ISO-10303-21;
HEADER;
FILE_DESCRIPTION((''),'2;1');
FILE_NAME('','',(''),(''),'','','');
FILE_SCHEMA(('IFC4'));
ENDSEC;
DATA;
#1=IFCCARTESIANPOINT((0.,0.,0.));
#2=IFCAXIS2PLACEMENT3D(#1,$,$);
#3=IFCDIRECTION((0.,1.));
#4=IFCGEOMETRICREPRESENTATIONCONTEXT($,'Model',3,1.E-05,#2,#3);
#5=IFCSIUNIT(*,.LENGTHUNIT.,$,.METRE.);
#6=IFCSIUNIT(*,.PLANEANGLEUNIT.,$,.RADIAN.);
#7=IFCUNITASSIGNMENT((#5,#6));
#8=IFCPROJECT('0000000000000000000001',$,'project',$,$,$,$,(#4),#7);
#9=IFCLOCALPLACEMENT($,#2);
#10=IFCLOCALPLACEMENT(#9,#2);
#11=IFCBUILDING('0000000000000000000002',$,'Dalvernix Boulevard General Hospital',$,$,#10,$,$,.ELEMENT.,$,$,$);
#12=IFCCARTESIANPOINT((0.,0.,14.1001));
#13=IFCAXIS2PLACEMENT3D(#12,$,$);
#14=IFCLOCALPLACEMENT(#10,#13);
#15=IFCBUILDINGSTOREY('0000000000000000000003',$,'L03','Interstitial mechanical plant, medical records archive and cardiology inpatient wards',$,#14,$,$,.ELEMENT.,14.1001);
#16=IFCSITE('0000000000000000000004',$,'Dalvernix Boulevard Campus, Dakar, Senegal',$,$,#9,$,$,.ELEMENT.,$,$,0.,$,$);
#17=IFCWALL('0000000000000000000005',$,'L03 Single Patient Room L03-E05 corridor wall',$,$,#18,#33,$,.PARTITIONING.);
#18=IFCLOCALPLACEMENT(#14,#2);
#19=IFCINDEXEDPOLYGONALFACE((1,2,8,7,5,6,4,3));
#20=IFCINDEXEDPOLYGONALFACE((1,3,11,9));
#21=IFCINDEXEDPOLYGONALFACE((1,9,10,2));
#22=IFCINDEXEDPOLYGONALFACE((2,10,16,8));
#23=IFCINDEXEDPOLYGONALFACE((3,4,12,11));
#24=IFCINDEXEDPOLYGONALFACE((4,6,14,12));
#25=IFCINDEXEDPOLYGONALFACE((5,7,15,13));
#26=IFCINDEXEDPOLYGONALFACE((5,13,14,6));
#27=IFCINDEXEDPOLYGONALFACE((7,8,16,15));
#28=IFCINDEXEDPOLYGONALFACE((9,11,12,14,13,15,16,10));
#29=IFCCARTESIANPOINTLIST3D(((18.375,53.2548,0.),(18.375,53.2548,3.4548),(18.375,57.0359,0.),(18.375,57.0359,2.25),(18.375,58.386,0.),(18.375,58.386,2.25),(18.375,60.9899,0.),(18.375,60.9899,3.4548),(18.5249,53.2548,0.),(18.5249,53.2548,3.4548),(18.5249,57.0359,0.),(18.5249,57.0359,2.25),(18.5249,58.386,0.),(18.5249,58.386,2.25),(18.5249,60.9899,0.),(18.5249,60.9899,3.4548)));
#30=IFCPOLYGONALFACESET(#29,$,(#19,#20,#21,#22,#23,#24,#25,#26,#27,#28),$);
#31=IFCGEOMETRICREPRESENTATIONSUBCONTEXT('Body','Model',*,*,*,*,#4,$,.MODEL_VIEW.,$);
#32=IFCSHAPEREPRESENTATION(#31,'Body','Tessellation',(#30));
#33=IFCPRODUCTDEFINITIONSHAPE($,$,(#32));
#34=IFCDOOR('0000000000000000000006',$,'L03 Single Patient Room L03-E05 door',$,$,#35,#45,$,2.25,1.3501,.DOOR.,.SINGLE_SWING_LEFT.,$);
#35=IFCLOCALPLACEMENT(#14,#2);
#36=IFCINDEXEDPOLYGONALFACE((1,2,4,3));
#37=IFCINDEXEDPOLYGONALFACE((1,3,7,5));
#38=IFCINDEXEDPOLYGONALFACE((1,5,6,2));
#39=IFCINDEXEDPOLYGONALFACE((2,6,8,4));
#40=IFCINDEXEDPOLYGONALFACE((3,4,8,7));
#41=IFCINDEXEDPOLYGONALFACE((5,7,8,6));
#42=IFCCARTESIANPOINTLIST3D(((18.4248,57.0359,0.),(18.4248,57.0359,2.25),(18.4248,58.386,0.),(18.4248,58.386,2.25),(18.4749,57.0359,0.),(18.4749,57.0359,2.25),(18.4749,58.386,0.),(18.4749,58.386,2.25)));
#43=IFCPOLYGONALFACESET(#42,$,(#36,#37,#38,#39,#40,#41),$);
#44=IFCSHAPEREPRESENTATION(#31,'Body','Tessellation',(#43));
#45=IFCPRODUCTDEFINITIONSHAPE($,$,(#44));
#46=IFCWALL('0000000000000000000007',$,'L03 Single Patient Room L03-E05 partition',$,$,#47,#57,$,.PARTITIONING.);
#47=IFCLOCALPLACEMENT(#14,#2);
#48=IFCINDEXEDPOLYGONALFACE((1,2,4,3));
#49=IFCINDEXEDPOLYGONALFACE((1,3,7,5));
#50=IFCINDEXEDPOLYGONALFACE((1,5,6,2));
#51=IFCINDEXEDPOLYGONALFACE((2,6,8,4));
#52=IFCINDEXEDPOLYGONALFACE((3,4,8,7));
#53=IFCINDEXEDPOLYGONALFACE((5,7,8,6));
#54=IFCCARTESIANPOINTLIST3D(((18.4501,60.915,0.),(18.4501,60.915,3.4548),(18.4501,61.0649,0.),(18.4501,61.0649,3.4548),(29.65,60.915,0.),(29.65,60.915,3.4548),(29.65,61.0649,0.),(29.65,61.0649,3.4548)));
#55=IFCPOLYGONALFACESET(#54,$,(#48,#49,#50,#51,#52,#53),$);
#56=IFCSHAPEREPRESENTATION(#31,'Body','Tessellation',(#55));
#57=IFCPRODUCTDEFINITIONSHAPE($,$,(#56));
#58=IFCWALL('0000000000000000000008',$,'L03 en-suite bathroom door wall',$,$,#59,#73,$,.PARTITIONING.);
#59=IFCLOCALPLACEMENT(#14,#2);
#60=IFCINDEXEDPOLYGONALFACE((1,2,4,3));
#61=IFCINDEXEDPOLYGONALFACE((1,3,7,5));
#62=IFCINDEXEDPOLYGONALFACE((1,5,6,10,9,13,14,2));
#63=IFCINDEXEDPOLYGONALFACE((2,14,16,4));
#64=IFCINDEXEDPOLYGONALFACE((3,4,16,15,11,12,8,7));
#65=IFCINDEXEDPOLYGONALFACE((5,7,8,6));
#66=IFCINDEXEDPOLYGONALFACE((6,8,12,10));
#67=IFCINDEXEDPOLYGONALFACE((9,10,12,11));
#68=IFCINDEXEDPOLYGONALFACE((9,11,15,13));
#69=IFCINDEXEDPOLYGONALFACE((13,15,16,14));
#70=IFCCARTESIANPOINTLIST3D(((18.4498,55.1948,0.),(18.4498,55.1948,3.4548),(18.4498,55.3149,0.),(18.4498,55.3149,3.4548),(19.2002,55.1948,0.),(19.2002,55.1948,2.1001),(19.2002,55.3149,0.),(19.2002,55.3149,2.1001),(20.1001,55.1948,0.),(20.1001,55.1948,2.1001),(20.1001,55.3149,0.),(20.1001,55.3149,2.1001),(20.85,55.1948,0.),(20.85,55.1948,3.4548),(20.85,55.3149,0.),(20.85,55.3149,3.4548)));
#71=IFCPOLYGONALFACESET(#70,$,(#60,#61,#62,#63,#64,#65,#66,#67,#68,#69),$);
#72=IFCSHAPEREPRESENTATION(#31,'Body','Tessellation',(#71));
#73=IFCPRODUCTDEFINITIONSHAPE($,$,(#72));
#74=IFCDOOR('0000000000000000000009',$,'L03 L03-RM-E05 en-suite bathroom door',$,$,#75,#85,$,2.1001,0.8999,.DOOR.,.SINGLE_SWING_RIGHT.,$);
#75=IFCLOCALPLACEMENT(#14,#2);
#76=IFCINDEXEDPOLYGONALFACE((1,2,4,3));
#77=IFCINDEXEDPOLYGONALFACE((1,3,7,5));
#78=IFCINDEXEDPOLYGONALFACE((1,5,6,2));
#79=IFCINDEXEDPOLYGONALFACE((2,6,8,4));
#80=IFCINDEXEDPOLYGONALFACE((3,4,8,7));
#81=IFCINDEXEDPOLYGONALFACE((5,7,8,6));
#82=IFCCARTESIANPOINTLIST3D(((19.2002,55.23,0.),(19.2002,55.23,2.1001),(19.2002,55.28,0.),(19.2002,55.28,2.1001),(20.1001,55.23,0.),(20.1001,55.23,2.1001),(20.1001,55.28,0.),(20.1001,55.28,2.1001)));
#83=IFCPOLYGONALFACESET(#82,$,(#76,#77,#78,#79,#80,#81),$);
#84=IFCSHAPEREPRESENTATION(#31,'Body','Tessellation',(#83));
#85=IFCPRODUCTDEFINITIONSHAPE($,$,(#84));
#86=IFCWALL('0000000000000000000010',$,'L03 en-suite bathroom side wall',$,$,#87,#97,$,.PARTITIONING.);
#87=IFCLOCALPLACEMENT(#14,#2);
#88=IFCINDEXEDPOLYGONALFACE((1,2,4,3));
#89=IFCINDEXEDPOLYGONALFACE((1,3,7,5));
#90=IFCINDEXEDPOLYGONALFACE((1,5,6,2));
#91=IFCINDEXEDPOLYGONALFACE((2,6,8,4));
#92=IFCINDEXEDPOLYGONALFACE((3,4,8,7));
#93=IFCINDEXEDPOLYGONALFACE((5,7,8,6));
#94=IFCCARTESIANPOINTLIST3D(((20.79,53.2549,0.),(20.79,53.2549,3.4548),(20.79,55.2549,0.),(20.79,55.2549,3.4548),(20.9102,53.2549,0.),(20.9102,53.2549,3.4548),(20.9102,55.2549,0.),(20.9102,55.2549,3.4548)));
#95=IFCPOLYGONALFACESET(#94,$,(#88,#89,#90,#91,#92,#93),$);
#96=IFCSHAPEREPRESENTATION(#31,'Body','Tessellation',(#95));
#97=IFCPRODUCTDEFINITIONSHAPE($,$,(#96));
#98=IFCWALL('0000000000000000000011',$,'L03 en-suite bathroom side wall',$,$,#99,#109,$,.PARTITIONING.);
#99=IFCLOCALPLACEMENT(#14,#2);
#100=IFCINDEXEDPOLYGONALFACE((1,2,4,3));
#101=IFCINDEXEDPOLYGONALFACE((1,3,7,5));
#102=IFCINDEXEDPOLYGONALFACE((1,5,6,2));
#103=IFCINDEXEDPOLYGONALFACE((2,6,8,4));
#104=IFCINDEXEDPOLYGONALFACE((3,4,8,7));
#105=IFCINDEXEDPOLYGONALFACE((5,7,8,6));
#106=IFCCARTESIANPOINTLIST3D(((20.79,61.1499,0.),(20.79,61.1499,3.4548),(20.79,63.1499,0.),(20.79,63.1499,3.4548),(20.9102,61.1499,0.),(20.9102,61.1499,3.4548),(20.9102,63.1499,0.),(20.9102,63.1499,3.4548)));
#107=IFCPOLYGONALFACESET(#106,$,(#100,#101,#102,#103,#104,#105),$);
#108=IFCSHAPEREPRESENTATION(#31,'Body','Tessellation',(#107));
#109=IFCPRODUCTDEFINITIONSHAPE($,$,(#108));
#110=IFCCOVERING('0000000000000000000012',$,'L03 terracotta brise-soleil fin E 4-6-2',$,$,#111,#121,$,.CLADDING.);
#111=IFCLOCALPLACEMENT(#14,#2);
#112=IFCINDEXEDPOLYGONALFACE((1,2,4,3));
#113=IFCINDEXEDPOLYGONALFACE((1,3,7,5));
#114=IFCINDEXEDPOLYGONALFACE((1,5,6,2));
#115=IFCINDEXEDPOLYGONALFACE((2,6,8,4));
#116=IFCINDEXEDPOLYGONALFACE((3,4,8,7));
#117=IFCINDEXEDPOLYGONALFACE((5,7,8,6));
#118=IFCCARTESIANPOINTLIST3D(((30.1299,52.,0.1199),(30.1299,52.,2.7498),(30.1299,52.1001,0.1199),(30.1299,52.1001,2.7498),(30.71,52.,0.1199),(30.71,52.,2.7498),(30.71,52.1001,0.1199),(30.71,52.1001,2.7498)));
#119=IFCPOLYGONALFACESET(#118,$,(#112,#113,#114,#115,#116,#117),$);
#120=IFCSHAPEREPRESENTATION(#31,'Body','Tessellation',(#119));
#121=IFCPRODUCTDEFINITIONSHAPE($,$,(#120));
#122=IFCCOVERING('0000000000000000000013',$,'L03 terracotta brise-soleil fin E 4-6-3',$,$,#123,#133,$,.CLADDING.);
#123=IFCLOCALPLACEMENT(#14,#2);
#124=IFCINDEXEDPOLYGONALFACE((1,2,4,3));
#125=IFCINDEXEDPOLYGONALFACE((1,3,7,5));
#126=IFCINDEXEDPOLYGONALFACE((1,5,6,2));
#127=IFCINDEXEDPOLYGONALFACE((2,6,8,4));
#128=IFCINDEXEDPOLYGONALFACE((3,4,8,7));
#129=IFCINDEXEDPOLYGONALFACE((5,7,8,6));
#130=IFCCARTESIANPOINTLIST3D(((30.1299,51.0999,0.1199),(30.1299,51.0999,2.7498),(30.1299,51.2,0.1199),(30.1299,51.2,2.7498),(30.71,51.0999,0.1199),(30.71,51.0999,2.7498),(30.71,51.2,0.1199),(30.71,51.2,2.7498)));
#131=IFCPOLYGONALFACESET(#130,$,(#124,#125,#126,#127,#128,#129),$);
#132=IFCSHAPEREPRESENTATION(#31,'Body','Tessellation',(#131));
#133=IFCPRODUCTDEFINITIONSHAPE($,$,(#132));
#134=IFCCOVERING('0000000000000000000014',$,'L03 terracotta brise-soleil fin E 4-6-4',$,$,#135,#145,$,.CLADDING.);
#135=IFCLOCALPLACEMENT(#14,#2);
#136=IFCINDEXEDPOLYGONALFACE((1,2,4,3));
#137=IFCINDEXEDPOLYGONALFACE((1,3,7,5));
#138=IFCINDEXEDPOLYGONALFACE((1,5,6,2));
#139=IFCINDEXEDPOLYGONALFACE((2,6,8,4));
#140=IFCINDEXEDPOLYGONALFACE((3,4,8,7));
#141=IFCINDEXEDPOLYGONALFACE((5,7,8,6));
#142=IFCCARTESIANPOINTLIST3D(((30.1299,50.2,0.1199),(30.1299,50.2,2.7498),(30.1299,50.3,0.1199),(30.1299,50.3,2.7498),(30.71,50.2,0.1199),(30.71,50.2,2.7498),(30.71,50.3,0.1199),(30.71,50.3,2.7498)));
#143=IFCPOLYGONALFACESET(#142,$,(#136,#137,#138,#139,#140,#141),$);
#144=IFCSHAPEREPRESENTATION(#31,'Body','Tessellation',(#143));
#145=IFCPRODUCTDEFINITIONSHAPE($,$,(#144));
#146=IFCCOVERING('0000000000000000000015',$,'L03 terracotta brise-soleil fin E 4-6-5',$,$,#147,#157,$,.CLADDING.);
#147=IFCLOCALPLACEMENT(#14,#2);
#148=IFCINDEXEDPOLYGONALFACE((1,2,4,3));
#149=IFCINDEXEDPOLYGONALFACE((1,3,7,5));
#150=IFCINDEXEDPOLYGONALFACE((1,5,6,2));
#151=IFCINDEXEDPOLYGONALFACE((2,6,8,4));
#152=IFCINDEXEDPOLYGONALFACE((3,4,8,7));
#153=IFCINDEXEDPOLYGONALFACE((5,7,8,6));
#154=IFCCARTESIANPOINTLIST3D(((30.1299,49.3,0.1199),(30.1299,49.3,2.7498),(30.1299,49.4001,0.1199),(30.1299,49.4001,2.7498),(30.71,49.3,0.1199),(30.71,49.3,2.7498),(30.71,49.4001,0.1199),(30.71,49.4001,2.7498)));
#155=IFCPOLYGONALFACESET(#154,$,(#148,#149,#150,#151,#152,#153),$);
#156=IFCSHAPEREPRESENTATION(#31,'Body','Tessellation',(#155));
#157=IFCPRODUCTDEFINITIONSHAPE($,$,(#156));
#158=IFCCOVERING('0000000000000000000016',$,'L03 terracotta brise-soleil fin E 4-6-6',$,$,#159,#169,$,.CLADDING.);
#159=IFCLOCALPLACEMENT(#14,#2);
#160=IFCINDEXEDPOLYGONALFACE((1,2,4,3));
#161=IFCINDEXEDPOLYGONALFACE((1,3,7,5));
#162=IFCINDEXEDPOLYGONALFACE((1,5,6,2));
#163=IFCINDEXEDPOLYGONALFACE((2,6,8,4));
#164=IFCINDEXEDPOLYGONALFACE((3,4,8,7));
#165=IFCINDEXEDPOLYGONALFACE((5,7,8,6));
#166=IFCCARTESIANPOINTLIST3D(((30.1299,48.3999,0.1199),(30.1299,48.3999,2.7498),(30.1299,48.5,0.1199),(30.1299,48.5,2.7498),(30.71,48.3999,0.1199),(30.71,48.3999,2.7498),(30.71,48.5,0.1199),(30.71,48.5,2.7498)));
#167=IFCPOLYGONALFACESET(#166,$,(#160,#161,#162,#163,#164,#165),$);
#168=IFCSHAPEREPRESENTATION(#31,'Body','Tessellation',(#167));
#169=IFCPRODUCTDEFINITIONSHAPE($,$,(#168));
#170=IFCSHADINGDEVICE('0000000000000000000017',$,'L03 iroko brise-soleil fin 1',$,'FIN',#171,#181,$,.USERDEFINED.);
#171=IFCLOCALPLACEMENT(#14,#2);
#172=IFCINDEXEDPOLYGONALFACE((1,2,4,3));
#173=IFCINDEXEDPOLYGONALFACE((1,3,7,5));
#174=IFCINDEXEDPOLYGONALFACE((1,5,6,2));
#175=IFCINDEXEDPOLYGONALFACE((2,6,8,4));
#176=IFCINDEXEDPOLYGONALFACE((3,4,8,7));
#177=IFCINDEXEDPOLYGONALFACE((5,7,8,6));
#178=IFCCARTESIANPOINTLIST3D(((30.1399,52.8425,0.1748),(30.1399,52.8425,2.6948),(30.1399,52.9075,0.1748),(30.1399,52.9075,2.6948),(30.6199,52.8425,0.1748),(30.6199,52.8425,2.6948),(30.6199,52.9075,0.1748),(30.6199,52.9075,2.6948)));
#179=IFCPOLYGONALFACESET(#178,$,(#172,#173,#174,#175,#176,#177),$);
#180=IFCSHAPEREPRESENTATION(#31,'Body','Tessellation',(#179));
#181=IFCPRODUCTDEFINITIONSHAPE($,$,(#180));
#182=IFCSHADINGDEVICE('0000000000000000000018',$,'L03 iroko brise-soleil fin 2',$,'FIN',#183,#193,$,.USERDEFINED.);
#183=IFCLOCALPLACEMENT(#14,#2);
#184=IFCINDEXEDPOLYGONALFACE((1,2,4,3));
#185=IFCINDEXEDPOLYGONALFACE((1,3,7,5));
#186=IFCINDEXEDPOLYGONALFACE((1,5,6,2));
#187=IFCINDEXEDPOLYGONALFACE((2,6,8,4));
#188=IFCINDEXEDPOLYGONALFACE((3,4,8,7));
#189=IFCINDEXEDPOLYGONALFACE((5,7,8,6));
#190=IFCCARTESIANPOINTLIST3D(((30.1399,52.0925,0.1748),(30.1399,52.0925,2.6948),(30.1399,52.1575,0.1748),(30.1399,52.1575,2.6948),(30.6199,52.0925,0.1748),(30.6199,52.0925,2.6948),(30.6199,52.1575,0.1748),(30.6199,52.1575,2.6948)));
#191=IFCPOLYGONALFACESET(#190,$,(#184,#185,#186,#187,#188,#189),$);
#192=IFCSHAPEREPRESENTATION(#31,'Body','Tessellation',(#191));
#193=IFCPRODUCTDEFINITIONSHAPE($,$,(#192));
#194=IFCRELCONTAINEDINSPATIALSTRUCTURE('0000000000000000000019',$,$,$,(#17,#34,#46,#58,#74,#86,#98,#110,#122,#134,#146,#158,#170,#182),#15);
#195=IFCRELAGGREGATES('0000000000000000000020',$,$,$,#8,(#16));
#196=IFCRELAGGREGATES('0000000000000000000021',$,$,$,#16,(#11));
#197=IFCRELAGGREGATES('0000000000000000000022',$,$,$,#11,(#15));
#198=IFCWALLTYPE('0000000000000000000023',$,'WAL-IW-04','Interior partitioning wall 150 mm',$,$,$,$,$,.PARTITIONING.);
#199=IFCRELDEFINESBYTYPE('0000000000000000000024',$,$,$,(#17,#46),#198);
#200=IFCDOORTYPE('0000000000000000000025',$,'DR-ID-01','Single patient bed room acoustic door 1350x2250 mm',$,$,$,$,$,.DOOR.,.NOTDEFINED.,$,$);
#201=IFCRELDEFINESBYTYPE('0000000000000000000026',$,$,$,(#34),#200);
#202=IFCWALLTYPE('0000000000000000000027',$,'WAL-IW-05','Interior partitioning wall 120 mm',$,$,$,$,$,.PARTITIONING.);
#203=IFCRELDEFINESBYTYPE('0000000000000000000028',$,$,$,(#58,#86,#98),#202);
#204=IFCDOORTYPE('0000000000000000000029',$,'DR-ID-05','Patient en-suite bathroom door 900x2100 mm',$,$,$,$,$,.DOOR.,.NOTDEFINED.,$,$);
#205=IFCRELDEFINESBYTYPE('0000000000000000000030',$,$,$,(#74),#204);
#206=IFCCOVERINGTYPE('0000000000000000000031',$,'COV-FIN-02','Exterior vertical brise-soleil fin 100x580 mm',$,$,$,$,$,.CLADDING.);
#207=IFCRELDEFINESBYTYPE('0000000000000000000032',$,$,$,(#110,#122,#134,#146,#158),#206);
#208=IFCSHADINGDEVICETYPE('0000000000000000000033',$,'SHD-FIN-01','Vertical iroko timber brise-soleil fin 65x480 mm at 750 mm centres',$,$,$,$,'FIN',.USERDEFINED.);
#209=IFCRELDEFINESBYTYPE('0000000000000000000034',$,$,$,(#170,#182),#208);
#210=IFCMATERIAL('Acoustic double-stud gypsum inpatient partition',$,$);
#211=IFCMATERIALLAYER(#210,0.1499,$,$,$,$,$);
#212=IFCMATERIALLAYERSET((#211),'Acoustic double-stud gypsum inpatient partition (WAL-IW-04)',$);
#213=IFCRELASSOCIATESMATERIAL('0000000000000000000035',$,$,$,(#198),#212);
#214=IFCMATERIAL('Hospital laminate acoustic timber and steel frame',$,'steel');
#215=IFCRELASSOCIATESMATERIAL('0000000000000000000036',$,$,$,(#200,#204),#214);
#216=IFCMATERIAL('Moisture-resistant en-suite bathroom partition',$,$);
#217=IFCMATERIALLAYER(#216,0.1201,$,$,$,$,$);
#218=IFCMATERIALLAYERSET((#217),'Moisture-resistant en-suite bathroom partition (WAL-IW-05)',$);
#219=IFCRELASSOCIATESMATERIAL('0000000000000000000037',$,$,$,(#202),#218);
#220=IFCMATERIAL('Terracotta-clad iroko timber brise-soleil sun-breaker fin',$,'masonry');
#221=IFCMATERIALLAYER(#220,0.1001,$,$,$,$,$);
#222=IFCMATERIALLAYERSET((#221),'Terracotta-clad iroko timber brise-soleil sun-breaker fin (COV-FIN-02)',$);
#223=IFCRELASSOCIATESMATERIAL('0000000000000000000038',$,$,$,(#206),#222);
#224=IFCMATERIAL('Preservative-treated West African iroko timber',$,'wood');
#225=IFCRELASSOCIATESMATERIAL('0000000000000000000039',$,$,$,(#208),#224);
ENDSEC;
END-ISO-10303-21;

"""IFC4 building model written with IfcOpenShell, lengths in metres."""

from ifc_helpers import new_model, si_unit, direction, frame, frame_2d, origin, origin_2d, place, context, subcontext, project, spatial, rectangle, extrude, material, layer, layer_set, type_object, element, fill, save


model = new_model("IFC4")

# Units and contexts
model_context = context("Model", 3, precision=1e-05, world=origin(), true_north=direction((0.0, 1.0)))
body_context = subcontext(model_context, "Body", "Model", "MODEL_VIEW")
ifc_project = project(units=[si_unit("LENGTHUNIT", "METRE"), si_unit("PLANEANGLEUNIT", "RADIAN")], contexts=[model_context])

# Site, building, storey
site_placement = place(None, origin())
site = spatial("IfcSite", under=ifc_project, at=site_placement, Name="Dalvernix Boulevard Campus, Dakar, Senegal", CompositionType="ELEMENT", RefElevation=0.0)
building_placement = place(site_placement, origin())
building = spatial("IfcBuilding", under=site, at=building_placement, Name="Dalvernix Boulevard General Hospital", CompositionType="ELEMENT")
storey_placement = place(building_placement, frame((0.0, 0.0, 14.1001)))
storey = spatial("IfcBuildingStorey", under=building, at=storey_placement, Name="L03", Description="Interstitial mechanical plant, medical records archive and cardiology inpatient wards", CompositionType="ELEMENT", Elevation=14.1001)

# Wall, opening, door
ifc_material_1 = material(Name="Acoustic double-stud gypsum inpatient partition")
ifc_layer_1 = layer(ifc_material_1, 0.1499)
ifc_layer_set_1 = layer_set([ifc_layer_1], Name="Acoustic double-stud gypsum inpatient partition (WAL-IW-04)")
wall_type_1 = type_object("IfcWallType", Name="WAL-IW-04", Description="Interior partitioning wall 150 mm", PredefinedType="PARTITIONING", material=ifc_layer_set_1)
wall_1_placement = place(storey_placement, frame((18.45, 60.99, 0.0), z_axis=(0.0, 0.0, 1.0), x_axis=(0.0, -1.0, 0.0)))
wall_1 = element("IfcWall", 1, at=wall_1_placement, inside=storey, type_object=wall_type_1, Name="L03 Single Patient Room L03-E05 corridor wall", PredefinedType="PARTITIONING", context=body_context, shape_type="SweptSolid", body=[
    extrude(rectangle(XDim=7.7351, YDim=0.1499, at=frame_2d((3.8677, 0.0))), origin(), (0.0, 0.0, 1.0), 3.4548),
])
opening_1_placement = place(wall_1_placement, frame((2.604, 0.0, 0.0)))
opening_1 = element("IfcOpeningElement", 2, at=opening_1_placement, cuts=wall_1, PredefinedType="OPENING", context=body_context, shape_type="SweptSolid", body=[
    extrude(rectangle(XDim=1.3501, YDim=2.25, at=frame_2d((0.675, 1.125))), frame((0.0, 0.085, 0.0), z_axis=(0.0, -1.0, 0.0), x_axis=(1.0, 0.0, 0.0)), (0.0, 0.0, 1.0), 0.1699),
])
ifc_material_2 = material(Name="Hospital laminate acoustic timber and steel frame", Category="steel")
door_type_1 = type_object("IfcDoorType", Name="DR-ID-01", Description="Single patient bed room acoustic door 1350x2250 mm", OperationType="NOTDEFINED", PredefinedType="DOOR", material=ifc_material_2)
door_1_placement = place(opening_1_placement, origin())
door_1 = element("IfcDoor", 3, at=door_1_placement, inside=storey, type_object=door_type_1, Name="L03 Single Patient Room L03-E05 door", OperationType="SINGLE_SWING_LEFT", OverallHeight=2.25, OverallWidth=1.3501, PredefinedType="DOOR", context=body_context, shape_type="SweptSolid", body=[
    extrude(rectangle(XDim=1.3501, YDim=2.25, at=frame_2d((0.675, 1.125))), frame((0.0, 0.0249, 0.0), z_axis=(0.0, -1.0, 0.0), x_axis=(1.0, 0.0, 0.0)), (0.0, 0.0, 1.0), 0.05),
])
fill(opening_1, door_1)

# Wall
wall_2_placement = place(storey_placement, frame((18.45, 60.99, 0.0), z_axis=(0.0, 0.0, 1.0), x_axis=(1.0, 0.0, 0.0)))
element("IfcWall", 4, at=wall_2_placement, inside=storey, type_object=wall_type_1, Name="L03 Single Patient Room L03-E05 partition", PredefinedType="PARTITIONING", context=body_context, shape_type="SweptSolid", body=[
    extrude(rectangle(XDim=11.2, YDim=0.1499, at=frame_2d((5.6001, 0.0))), origin(), (0.0, 0.0, 1.0), 3.4548),
])

# Wall, opening, door
ifc_material_3 = material(Name="Moisture-resistant en-suite bathroom partition")
ifc_layer_2 = layer(ifc_material_3, 0.1201)
ifc_layer_set_2 = layer_set([ifc_layer_2], Name="Moisture-resistant en-suite bathroom partition (WAL-IW-05)")
wall_type_2 = type_object("IfcWallType", Name="WAL-IW-05", Description="Interior partitioning wall 120 mm", PredefinedType="PARTITIONING", material=ifc_layer_set_2)
wall_3_placement = place(storey_placement, frame((20.8501, 55.2549, 0.0), z_axis=(0.0, 0.0, 1.0), x_axis=(-1.0, 0.0, 0.0)))
wall_3 = element("IfcWall", 5, at=wall_3_placement, inside=storey, type_object=wall_type_2, Name="L03 en-suite bathroom door wall", PredefinedType="PARTITIONING", context=body_context, shape_type="SweptSolid", body=[
    extrude(rectangle(XDim=2.4001, YDim=0.1201, at=frame_2d((1.2002, 0.0))), origin(), (0.0, 0.0, 1.0), 3.4548),
])
opening_2_placement = place(wall_3_placement, frame((0.75, 0.0, 0.0)))
opening_2 = element("IfcOpeningElement", 6, at=opening_2_placement, cuts=wall_3, PredefinedType="OPENING", context=body_context, shape_type="SweptSolid", body=[
    extrude(rectangle(XDim=0.8999, YDim=2.1001, at=frame_2d((0.45, 1.05))), frame((0.0, 0.0701, 0.0), z_axis=(0.0, -1.0, 0.0), x_axis=(1.0, 0.0, 0.0)), (0.0, 0.0, 1.0), 0.1401),
])
door_type_2 = type_object("IfcDoorType", Name="DR-ID-05", Description="Patient en-suite bathroom door 900x2100 mm", OperationType="NOTDEFINED", PredefinedType="DOOR", material=ifc_material_2)
door_2_placement = place(opening_2_placement, origin())
door_2 = element("IfcDoor", 7, at=door_2_placement, inside=storey, type_object=door_type_2, Name="L03 L03-RM-E05 en-suite bathroom door", OperationType="SINGLE_SWING_RIGHT", OverallHeight=2.1001, OverallWidth=0.8999, PredefinedType="DOOR", context=body_context, shape_type="SweptSolid", body=[
    extrude(rectangle(XDim=0.8999, YDim=2.1001, at=frame_2d((0.45, 1.05))), frame((0.0, 0.0249, 0.0), z_axis=(0.0, -1.0, 0.0), x_axis=(1.0, 0.0, 0.0)), (0.0, 0.0, 1.0), 0.05),
])
fill(opening_2, door_2)

# Walls
for number, where, z_axis, x_axis, name in (
    (8, (20.8501, 53.2549, 0.0), (0.0, 0.0, 1.0), (0.0, 1.0, 0.0), "L03 en-suite bathroom side wall"),
    (9, (20.8501, 61.1499, 0.0), (0.0, 0.0, 1.0), (0.0, 1.0, 0.0), "L03 en-suite bathroom side wall"),
):
    element("IfcWall", number, at=place(storey_placement, frame(where, z_axis=z_axis, x_axis=x_axis)), inside=storey, type_object=wall_type_2, Name=name, PredefinedType="PARTITIONING", context=body_context, shape_type="SweptSolid", body=[
        extrude(rectangle(XDim=2.0, YDim=0.1201, at=frame_2d((1.0, 0.0))), origin(), (0.0, 0.0, 1.0), 3.4548),
    ])

# Coverings
ifc_material_4 = material(Name="Terracotta-clad iroko timber brise-soleil sun-breaker fin", Category="masonry")
ifc_layer_3 = layer(ifc_material_4, 0.1001)
ifc_layer_set_3 = layer_set([ifc_layer_3], Name="Terracotta-clad iroko timber brise-soleil sun-breaker fin (COV-FIN-02)")
covering_type = type_object("IfcCoveringType", Name="COV-FIN-02", Description="Exterior vertical brise-soleil fin 100x580 mm", PredefinedType="CLADDING", material=ifc_layer_set_3)
for number, where, z_axis, x_axis, name in (
    (10, (30.4199, 52.05, 0.1199), (0.0, 0.0, 1.0), (0.0, -1.0, 0.0), "L03 terracotta brise-soleil fin E 4-6-2"),
    (11, (30.4199, 51.1499, 0.1199), (0.0, 0.0, 1.0), (0.0, -1.0, 0.0), "L03 terracotta brise-soleil fin E 4-6-3"),
    (12, (30.4199, 50.25, 0.1199), (0.0, 0.0, 1.0), (0.0, -1.0, 0.0), "L03 terracotta brise-soleil fin E 4-6-4"),
    (13, (30.4199, 49.3501, 0.1199), (0.0, 0.0, 1.0), (0.0, -1.0, 0.0), "L03 terracotta brise-soleil fin E 4-6-5"),
    (14, (30.4199, 48.45, 0.1199), (0.0, 0.0, 1.0), (0.0, -1.0, 0.0), "L03 terracotta brise-soleil fin E 4-6-6"),
):
    element("IfcCovering", number, at=place(storey_placement, frame(where, z_axis=z_axis, x_axis=x_axis)), inside=storey, type_object=covering_type, Name=name, PredefinedType="CLADDING", context=body_context, shape_type="SweptSolid", body=[
        extrude(rectangle(XDim=0.1001, YDim=0.5801, at=origin_2d()), origin(), (0.0, 0.0, 1.0), 2.6299),
    ])

# Shading devices
ifc_material_5 = material(Name="Preservative-treated West African iroko timber", Category="wood")
shading_device_type = type_object("IfcShadingDeviceType", Name="SHD-FIN-01", Description="Vertical iroko timber brise-soleil fin 65x480 mm at 750 mm centres", ElementType="FIN", PredefinedType="USERDEFINED", material=ifc_material_5)
for number, where, z_axis, x_axis, name in (
    (15, (30.3799, 52.875, 0.1748), (0.0, 0.0, 1.0), (0.0, -1.0, 0.0), "L03 iroko brise-soleil fin 1"),
    (16, (30.3799, 52.125, 0.1748), (0.0, 0.0, 1.0), (0.0, -1.0, 0.0), "L03 iroko brise-soleil fin 2"),
):
    element("IfcShadingDevice", number, at=place(storey_placement, frame(where, z_axis=z_axis, x_axis=x_axis)), inside=storey, type_object=shading_device_type, Name=name, ObjectType="FIN", PredefinedType="USERDEFINED", context=body_context, shape_type="SweptSolid", body=[
        extrude(rectangle(XDim=0.0649, YDim=0.48, at=origin_2d()), origin(), (0.0, 0.0, 1.0), 2.52),
    ])

save(model, "model.ifc")
